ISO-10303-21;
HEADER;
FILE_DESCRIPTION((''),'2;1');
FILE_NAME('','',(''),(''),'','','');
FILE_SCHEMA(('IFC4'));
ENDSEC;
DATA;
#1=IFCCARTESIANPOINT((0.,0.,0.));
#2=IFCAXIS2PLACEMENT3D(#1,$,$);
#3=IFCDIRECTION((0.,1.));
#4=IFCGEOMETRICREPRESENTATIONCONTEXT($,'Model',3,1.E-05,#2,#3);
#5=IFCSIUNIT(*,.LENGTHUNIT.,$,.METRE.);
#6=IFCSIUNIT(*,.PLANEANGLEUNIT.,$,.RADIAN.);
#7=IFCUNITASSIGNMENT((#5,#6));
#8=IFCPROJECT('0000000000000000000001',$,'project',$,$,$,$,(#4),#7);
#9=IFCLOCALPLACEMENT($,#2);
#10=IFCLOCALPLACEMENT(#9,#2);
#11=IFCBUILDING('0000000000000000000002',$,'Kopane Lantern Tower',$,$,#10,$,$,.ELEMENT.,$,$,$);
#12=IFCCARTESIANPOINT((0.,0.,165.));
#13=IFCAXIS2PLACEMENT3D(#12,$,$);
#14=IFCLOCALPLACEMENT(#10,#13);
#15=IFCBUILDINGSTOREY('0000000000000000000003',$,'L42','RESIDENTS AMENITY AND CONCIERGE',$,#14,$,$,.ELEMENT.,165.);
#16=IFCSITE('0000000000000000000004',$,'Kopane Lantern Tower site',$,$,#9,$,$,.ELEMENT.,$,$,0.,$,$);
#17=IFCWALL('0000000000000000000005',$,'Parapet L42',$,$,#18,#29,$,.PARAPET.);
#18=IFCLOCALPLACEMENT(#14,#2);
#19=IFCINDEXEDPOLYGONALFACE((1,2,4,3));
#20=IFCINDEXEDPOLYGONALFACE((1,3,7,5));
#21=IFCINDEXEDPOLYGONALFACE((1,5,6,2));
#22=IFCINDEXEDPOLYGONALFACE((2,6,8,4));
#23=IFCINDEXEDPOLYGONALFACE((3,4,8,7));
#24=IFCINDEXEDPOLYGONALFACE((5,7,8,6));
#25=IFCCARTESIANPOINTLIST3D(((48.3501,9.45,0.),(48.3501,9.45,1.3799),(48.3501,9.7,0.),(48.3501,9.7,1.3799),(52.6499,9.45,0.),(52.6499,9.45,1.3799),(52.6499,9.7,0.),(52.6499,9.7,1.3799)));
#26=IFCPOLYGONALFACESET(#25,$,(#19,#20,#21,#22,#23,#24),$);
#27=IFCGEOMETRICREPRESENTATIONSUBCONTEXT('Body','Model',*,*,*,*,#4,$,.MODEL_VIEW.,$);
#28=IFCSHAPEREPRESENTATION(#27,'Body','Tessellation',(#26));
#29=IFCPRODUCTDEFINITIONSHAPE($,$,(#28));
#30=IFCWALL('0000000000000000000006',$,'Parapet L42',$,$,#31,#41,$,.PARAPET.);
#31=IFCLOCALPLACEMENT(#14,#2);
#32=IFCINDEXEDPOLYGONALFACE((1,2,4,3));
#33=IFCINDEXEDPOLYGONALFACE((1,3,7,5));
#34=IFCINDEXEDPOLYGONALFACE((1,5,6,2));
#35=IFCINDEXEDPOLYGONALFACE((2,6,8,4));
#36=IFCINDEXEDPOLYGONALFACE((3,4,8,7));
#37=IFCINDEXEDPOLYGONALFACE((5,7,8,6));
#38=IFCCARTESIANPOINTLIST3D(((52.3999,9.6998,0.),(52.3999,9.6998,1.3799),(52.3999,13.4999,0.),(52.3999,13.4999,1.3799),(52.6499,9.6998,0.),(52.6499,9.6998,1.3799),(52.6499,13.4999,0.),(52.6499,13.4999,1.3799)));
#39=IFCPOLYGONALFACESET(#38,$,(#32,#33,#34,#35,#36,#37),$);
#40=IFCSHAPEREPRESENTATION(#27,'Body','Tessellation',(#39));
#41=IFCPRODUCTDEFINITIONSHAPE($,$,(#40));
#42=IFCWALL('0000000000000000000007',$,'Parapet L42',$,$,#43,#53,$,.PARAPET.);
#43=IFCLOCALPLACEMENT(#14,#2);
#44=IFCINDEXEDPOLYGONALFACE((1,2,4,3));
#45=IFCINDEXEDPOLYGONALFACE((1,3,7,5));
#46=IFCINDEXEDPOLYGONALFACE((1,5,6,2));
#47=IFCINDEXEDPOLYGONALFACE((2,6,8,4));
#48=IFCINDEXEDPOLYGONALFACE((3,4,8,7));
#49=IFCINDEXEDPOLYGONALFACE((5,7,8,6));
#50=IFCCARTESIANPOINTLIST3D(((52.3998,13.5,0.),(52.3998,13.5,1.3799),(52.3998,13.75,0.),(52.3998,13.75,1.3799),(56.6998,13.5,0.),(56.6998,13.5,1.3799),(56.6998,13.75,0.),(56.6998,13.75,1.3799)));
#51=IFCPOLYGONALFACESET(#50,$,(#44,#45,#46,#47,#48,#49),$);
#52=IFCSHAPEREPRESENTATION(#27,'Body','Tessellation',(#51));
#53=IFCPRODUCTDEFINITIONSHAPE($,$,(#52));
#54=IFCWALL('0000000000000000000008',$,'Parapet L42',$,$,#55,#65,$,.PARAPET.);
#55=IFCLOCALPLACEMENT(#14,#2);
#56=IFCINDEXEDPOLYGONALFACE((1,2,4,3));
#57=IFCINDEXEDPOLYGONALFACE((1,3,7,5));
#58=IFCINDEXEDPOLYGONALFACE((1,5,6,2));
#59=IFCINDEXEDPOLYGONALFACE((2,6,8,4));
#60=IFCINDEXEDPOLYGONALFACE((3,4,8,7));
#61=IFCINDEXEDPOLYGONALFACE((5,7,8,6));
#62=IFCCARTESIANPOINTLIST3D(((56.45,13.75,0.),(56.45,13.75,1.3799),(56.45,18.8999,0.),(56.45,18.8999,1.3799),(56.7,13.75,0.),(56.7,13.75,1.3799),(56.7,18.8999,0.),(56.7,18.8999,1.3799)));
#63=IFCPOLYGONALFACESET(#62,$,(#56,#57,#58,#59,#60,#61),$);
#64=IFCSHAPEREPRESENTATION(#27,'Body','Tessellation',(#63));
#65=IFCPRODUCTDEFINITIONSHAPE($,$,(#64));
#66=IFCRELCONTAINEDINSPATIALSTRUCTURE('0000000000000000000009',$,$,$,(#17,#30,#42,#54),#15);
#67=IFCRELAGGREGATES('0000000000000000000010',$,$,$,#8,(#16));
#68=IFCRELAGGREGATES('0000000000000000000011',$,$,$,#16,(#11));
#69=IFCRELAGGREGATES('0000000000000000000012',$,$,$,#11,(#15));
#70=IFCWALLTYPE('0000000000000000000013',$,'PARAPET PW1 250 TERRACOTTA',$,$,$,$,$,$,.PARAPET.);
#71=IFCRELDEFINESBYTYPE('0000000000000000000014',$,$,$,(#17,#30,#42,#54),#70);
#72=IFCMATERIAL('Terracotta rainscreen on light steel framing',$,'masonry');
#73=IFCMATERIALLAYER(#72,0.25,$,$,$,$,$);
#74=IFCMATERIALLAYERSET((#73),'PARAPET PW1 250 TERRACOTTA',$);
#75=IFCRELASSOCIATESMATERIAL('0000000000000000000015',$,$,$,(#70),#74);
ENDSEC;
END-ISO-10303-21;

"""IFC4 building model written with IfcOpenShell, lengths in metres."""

from ifc_helpers import new_model, si_unit, direction, frame, frame_2d, origin, place, context, subcontext, project, spatial, rectangle, extrude, material, layer, layer_set, type_object, element, save


model = new_model("IFC4")

# Units and contexts
model_context = context("Model", 3, precision=1e-05, world=origin(), true_north=direction((0.0, 1.0)))
body_context = subcontext(model_context, "Body", "Model", "MODEL_VIEW")
ifc_project = project(units=[si_unit("LENGTHUNIT", "METRE"), si_unit("PLANEANGLEUNIT", "RADIAN")], contexts=[model_context])

# Site, building, storey
site_placement = place(None, origin())
site = spatial("IfcSite", under=ifc_project, at=site_placement, Name="Kopane Lantern Tower site", CompositionType="ELEMENT", RefElevation=0.0)
building_placement = place(site_placement, origin())
building = spatial("IfcBuilding", under=site, at=building_placement, Name="Kopane Lantern Tower", CompositionType="ELEMENT")
storey_placement = place(building_placement, frame((0.0, 0.0, 165.0)))
storey = spatial("IfcBuildingStorey", under=building, at=storey_placement, Name="L42", Description="RESIDENTS AMENITY AND CONCIERGE", CompositionType="ELEMENT", Elevation=165.0)

# Walls
ifc_material_1 = material(Name="Terracotta rainscreen on light steel framing", Category="masonry")
ifc_layer_1 = layer(ifc_material_1, 0.25)
ifc_layer_set_1 = layer_set([ifc_layer_1], Name="PARAPET PW1 250 TERRACOTTA")
wall_type = type_object("IfcWallType", Name="PARAPET PW1 250 TERRACOTTA", PredefinedType="PARAPET", material=ifc_layer_set_1)
wall_1_placement = place(storey_placement, frame((48.3501, 9.575, 0.0), z_axis=(0.0, 0.0, 1.0), x_axis=(1.0, 0.0, 0.0)))
element("IfcWall", 1, at=wall_1_placement, inside=storey, type_object=wall_type, Name="Parapet L42", PredefinedType="PARAPET", context=body_context, shape_type="SweptSolid", body=[
    extrude(rectangle(XDim=4.2998, YDim=0.25, at=frame_2d((2.1499, 0.0))), origin(), (0.0, 0.0, 1.0), 1.3799),
])
wall_2_placement = place(storey_placement, frame((52.5249, 9.7, 0.0), z_axis=(0.0, 0.0, 1.0), x_axis=(0.0, 1.0, 0.0)))
element("IfcWall", 2, at=wall_2_placement, inside=storey, type_object=wall_type, Name="Parapet L42", PredefinedType="PARAPET", context=body_context, shape_type="SweptSolid", body=[
    extrude(rectangle(XDim=3.8, YDim=0.25, at=frame_2d((1.8999, 0.0))), origin(), (0.0, 0.0, 1.0), 1.3799),
])
wall_3_placement = place(storey_placement, frame((52.3999, 13.625, 0.0), z_axis=(0.0, 0.0, 1.0), x_axis=(1.0, 0.0, 0.0)))
element("IfcWall", 3, at=wall_3_placement, inside=storey, type_object=wall_type, Name="Parapet L42", PredefinedType="PARAPET", context=body_context, shape_type="SweptSolid", body=[
    extrude(rectangle(XDim=4.3, YDim=0.25, at=frame_2d((2.1499, 0.0))), origin(), (0.0, 0.0, 1.0), 1.3799),
])
wall_4_placement = place(storey_placement, frame((56.575, 13.75, 0.0), z_axis=(0.0, 0.0, 1.0), x_axis=(0.0, 1.0, 0.0)))
element("IfcWall", 4, at=wall_4_placement, inside=storey, type_object=wall_type, Name="Parapet L42", PredefinedType="PARAPET", context=body_context, shape_type="SweptSolid", body=[
    extrude(rectangle(XDim=5.1499, YDim=0.25, at=frame_2d((2.575, 0.0))), origin(), (0.0, 0.0, 1.0), 1.3799),
])

save(model, "model.ifc")
